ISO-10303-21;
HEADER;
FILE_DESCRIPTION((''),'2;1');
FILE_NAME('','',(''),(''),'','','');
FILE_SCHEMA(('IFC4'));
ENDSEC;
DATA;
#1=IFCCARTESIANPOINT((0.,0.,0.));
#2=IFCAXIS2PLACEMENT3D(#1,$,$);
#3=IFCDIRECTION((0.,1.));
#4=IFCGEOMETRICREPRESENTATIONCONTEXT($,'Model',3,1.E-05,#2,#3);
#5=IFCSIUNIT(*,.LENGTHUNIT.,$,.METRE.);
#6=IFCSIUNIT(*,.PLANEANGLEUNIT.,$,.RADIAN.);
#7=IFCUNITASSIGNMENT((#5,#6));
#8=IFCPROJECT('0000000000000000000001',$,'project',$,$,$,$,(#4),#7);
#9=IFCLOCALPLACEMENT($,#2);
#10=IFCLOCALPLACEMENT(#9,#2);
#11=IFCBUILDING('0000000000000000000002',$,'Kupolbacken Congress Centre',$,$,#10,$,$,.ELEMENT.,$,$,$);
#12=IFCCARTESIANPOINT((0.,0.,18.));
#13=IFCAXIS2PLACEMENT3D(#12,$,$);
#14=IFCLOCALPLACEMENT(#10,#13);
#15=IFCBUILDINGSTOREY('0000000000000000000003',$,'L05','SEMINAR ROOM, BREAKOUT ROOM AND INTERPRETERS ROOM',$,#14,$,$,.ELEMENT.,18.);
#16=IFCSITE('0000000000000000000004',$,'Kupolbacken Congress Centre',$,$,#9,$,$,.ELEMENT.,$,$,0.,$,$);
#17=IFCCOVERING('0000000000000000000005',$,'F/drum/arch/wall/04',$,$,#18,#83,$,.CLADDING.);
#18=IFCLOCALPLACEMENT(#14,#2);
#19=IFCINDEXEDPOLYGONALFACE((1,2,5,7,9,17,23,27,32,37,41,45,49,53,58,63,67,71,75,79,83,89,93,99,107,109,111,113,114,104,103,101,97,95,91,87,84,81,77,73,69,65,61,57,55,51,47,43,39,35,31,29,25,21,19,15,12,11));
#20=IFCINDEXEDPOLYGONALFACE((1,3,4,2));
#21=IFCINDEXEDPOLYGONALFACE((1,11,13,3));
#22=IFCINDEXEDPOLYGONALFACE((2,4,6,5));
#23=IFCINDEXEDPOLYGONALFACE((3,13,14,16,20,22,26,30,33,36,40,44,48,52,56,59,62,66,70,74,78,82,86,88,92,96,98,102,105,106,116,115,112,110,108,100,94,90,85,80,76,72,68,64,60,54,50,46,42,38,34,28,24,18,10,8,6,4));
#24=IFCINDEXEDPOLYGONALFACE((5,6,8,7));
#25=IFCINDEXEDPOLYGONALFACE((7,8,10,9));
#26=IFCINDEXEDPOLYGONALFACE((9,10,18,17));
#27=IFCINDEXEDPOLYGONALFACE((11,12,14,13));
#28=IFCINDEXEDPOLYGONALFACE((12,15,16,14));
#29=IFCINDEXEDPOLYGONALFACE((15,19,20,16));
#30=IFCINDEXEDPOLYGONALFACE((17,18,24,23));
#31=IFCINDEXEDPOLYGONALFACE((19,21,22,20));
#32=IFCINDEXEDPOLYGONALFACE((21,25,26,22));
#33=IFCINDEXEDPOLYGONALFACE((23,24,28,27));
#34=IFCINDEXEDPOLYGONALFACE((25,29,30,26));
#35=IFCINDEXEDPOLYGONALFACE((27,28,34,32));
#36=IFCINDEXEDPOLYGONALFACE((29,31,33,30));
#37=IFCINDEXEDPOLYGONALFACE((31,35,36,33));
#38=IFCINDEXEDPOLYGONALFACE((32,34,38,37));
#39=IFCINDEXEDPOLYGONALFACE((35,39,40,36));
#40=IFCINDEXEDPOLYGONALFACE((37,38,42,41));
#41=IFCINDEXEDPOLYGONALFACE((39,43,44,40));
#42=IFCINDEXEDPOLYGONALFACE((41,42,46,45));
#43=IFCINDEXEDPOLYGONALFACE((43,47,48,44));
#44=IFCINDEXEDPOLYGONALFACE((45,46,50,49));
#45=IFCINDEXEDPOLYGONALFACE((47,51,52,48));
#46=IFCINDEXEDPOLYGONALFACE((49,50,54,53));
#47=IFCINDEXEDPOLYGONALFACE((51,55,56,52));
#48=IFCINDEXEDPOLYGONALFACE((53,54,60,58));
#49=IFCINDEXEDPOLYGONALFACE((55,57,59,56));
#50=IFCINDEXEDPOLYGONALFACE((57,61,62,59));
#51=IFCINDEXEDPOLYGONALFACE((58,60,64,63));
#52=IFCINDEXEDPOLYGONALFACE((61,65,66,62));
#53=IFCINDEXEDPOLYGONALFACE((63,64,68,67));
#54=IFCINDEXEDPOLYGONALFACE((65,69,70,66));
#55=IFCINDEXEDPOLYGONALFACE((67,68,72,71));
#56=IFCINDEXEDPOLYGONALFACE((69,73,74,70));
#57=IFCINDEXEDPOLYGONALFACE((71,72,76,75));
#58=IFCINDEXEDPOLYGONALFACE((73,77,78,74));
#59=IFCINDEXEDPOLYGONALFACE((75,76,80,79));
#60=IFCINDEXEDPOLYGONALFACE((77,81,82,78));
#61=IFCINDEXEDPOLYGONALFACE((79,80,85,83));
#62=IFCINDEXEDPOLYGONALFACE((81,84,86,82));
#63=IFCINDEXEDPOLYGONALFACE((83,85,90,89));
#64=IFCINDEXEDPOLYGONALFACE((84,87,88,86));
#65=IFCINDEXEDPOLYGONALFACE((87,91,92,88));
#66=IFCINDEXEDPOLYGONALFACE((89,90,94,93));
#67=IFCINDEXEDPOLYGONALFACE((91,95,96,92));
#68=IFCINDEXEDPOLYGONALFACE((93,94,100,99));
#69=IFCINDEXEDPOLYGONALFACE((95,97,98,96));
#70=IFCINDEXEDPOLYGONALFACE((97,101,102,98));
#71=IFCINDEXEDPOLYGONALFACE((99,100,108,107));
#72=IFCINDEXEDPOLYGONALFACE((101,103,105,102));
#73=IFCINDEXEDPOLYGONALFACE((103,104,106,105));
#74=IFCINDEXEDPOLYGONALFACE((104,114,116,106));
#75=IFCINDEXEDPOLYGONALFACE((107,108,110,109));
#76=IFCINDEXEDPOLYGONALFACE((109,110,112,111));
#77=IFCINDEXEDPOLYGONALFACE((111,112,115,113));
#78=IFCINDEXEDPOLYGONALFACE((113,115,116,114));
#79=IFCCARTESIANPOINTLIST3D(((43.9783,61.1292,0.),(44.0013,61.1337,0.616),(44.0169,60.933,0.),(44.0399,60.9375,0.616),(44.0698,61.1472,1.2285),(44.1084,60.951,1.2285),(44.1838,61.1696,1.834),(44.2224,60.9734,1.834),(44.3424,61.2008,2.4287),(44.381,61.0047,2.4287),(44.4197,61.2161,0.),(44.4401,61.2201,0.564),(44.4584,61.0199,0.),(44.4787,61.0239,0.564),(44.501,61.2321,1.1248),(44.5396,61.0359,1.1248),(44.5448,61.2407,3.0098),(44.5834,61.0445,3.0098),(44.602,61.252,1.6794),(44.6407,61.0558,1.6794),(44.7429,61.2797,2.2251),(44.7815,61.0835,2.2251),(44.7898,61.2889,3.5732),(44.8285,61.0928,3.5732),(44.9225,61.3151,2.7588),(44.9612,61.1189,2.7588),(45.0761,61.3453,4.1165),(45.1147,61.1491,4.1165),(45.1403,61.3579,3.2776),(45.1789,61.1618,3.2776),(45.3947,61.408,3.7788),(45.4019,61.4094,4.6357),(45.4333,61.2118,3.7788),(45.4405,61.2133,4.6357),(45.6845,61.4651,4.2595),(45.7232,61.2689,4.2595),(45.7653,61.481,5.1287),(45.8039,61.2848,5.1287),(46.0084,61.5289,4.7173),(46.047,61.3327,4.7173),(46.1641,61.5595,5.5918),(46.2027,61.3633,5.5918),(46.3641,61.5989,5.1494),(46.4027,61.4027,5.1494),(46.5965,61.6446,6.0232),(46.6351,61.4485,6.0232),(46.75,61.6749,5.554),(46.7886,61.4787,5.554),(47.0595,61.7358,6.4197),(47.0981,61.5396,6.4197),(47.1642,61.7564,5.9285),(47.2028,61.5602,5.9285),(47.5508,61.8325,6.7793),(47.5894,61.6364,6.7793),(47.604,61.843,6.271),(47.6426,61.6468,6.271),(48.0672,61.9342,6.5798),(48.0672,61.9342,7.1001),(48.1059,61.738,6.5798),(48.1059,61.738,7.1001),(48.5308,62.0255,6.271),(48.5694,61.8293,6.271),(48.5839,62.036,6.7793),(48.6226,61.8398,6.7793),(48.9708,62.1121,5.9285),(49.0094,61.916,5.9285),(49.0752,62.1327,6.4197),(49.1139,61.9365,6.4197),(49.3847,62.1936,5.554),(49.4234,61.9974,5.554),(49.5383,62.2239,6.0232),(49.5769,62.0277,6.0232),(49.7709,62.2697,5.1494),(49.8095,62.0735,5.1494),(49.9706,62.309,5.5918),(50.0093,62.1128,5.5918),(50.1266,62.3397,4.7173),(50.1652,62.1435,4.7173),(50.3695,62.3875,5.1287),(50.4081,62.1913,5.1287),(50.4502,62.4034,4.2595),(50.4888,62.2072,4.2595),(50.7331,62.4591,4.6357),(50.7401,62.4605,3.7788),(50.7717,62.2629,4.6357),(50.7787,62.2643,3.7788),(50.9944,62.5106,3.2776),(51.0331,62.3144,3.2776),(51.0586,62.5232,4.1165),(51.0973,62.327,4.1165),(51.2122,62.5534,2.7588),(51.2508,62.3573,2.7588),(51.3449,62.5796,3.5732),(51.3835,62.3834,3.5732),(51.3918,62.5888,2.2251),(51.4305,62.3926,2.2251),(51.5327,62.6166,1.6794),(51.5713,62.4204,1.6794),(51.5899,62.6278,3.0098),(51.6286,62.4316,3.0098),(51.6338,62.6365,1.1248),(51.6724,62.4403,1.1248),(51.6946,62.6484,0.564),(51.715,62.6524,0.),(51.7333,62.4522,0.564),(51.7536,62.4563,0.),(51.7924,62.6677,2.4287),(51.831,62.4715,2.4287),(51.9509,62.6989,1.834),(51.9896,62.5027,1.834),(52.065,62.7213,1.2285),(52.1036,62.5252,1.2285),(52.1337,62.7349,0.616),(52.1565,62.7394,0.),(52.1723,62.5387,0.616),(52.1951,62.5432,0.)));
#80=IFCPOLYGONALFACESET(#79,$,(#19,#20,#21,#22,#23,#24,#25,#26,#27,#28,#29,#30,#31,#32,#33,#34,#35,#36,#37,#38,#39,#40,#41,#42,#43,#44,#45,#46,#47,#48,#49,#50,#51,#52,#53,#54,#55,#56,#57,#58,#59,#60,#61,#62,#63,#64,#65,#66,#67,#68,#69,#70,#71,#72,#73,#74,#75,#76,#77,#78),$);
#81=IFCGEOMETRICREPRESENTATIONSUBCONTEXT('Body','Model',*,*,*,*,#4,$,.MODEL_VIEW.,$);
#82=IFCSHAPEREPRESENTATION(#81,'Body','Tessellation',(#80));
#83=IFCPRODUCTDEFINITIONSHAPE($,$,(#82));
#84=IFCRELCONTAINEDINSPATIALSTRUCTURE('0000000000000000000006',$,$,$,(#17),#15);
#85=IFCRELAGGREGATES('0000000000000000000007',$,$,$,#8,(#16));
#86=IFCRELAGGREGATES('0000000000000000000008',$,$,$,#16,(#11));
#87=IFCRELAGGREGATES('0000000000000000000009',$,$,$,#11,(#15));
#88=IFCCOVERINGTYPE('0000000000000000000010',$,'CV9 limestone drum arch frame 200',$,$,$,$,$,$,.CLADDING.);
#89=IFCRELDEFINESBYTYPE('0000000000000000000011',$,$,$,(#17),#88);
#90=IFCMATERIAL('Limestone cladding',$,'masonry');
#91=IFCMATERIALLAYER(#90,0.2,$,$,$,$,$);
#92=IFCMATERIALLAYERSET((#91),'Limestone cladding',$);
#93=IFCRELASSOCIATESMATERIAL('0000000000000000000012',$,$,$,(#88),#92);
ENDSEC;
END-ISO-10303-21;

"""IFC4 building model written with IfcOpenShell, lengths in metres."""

from ifc_helpers import new_model, si_unit, direction, frame, origin, place, context, subcontext, project, spatial, polyline, outline, extrude, material, layer, layer_set, type_object, element, save


model = new_model("IFC4")

# Units and contexts
model_context = context("Model", 3, precision=1e-05, world=origin(), true_north=direction((0.0, 1.0)))
body_context = subcontext(model_context, "Body", "Model", "MODEL_VIEW")
ifc_project = project(units=[si_unit("LENGTHUNIT", "METRE"), si_unit("PLANEANGLEUNIT", "RADIAN")], contexts=[model_context])

# Site, building, storey
site_placement = place(None, origin())
site = spatial("IfcSite", under=ifc_project, at=site_placement, Name="Kupolbacken Congress Centre", CompositionType="ELEMENT", RefElevation=0.0)
building_placement = place(site_placement, origin())
building = spatial("IfcBuilding", under=site, at=building_placement, Name="Kupolbacken Congress Centre", CompositionType="ELEMENT")
storey_placement = place(building_placement, frame((0.0, 0.0, 18.0)))
storey = spatial("IfcBuildingStorey", under=building, at=storey_placement, Name="L05", Description="SEMINAR ROOM, BREAKOUT ROOM AND INTERPRETERS ROOM", CompositionType="ELEMENT", Elevation=18.0)

# Covering
ifc_material_1 = material(Name="Limestone cladding", Category="masonry")
ifc_layer_1 = layer(ifc_material_1, 0.2)
ifc_layer_set_1 = layer_set([ifc_layer_1], Name="Limestone cladding")
covering_type = type_object("IfcCoveringType", Name="CV9 limestone drum arch frame 200", PredefinedType="CLADDING", material=ifc_layer_set_1)
covering_1_placement = place(storey_placement, frame((43.9783, 61.1292, 0.0), z_axis=(0.193182, -0.981163, 0.0), x_axis=(0.981163, 0.193182, 0.0)))
element("IfcCovering", 1, at=covering_1_placement, inside=storey, type_object=covering_type, Name="F/drum/arch/wall/04", PredefinedType="CLADDING", context=body_context, shape_type="SweptSolid", body=[
    extrude(outline(polyline([(0.0, 0.0), (0.0234, 0.616), (0.0933, 1.2285), (0.2095, 1.834), (0.3711, 2.4287), (0.5774, 3.0098), (0.8271, 3.5732), (1.1189, 4.1165), (1.4509, 4.6357), (1.8213, 5.1287), (2.2278, 5.5918), (2.6685, 6.0232), (3.1404, 6.4197), (3.6411, 6.7793), (4.1675, 7.1001), (4.6941, 6.7793), (5.1948, 6.4197), (5.6667, 6.0232), (6.1074, 5.5918), (6.5139, 5.1287), (6.8845, 4.6357), (7.2163, 4.1165), (7.5081, 3.5732), (7.7578, 3.0098), (7.9641, 2.4287), (8.1257, 1.834), (8.2419, 1.2285), (8.312, 0.616), (8.3352, 0.0), (7.8853, 0.0), (7.8645, 0.564), (7.8025, 1.1248), (7.6995, 1.6794), (7.5559, 2.2251), (7.3728, 2.7588), (7.1509, 3.2776), (6.8916, 3.7788), (6.5962, 4.2595), (6.2664, 4.7173), (5.9038, 5.1494), (5.5103, 5.554), (5.0884, 5.9285), (4.6399, 6.271), (4.1675, 6.5798), (3.6953, 6.271), (3.2471, 5.9285), (2.825, 5.554), (2.4316, 5.1494), (2.0691, 4.7173), (1.739, 4.2595), (1.4436, 3.7788), (1.1843, 3.2776), (0.9624, 2.7588), (0.7793, 2.2251), (0.6357, 1.6794), (0.5327, 1.1248), (0.4707, 0.564), (0.45, 0.0), (0.0, 0.0)])), origin(), (0.0, 0.0, 1.0), 0.2),
])

save(model, "model.ifc")
